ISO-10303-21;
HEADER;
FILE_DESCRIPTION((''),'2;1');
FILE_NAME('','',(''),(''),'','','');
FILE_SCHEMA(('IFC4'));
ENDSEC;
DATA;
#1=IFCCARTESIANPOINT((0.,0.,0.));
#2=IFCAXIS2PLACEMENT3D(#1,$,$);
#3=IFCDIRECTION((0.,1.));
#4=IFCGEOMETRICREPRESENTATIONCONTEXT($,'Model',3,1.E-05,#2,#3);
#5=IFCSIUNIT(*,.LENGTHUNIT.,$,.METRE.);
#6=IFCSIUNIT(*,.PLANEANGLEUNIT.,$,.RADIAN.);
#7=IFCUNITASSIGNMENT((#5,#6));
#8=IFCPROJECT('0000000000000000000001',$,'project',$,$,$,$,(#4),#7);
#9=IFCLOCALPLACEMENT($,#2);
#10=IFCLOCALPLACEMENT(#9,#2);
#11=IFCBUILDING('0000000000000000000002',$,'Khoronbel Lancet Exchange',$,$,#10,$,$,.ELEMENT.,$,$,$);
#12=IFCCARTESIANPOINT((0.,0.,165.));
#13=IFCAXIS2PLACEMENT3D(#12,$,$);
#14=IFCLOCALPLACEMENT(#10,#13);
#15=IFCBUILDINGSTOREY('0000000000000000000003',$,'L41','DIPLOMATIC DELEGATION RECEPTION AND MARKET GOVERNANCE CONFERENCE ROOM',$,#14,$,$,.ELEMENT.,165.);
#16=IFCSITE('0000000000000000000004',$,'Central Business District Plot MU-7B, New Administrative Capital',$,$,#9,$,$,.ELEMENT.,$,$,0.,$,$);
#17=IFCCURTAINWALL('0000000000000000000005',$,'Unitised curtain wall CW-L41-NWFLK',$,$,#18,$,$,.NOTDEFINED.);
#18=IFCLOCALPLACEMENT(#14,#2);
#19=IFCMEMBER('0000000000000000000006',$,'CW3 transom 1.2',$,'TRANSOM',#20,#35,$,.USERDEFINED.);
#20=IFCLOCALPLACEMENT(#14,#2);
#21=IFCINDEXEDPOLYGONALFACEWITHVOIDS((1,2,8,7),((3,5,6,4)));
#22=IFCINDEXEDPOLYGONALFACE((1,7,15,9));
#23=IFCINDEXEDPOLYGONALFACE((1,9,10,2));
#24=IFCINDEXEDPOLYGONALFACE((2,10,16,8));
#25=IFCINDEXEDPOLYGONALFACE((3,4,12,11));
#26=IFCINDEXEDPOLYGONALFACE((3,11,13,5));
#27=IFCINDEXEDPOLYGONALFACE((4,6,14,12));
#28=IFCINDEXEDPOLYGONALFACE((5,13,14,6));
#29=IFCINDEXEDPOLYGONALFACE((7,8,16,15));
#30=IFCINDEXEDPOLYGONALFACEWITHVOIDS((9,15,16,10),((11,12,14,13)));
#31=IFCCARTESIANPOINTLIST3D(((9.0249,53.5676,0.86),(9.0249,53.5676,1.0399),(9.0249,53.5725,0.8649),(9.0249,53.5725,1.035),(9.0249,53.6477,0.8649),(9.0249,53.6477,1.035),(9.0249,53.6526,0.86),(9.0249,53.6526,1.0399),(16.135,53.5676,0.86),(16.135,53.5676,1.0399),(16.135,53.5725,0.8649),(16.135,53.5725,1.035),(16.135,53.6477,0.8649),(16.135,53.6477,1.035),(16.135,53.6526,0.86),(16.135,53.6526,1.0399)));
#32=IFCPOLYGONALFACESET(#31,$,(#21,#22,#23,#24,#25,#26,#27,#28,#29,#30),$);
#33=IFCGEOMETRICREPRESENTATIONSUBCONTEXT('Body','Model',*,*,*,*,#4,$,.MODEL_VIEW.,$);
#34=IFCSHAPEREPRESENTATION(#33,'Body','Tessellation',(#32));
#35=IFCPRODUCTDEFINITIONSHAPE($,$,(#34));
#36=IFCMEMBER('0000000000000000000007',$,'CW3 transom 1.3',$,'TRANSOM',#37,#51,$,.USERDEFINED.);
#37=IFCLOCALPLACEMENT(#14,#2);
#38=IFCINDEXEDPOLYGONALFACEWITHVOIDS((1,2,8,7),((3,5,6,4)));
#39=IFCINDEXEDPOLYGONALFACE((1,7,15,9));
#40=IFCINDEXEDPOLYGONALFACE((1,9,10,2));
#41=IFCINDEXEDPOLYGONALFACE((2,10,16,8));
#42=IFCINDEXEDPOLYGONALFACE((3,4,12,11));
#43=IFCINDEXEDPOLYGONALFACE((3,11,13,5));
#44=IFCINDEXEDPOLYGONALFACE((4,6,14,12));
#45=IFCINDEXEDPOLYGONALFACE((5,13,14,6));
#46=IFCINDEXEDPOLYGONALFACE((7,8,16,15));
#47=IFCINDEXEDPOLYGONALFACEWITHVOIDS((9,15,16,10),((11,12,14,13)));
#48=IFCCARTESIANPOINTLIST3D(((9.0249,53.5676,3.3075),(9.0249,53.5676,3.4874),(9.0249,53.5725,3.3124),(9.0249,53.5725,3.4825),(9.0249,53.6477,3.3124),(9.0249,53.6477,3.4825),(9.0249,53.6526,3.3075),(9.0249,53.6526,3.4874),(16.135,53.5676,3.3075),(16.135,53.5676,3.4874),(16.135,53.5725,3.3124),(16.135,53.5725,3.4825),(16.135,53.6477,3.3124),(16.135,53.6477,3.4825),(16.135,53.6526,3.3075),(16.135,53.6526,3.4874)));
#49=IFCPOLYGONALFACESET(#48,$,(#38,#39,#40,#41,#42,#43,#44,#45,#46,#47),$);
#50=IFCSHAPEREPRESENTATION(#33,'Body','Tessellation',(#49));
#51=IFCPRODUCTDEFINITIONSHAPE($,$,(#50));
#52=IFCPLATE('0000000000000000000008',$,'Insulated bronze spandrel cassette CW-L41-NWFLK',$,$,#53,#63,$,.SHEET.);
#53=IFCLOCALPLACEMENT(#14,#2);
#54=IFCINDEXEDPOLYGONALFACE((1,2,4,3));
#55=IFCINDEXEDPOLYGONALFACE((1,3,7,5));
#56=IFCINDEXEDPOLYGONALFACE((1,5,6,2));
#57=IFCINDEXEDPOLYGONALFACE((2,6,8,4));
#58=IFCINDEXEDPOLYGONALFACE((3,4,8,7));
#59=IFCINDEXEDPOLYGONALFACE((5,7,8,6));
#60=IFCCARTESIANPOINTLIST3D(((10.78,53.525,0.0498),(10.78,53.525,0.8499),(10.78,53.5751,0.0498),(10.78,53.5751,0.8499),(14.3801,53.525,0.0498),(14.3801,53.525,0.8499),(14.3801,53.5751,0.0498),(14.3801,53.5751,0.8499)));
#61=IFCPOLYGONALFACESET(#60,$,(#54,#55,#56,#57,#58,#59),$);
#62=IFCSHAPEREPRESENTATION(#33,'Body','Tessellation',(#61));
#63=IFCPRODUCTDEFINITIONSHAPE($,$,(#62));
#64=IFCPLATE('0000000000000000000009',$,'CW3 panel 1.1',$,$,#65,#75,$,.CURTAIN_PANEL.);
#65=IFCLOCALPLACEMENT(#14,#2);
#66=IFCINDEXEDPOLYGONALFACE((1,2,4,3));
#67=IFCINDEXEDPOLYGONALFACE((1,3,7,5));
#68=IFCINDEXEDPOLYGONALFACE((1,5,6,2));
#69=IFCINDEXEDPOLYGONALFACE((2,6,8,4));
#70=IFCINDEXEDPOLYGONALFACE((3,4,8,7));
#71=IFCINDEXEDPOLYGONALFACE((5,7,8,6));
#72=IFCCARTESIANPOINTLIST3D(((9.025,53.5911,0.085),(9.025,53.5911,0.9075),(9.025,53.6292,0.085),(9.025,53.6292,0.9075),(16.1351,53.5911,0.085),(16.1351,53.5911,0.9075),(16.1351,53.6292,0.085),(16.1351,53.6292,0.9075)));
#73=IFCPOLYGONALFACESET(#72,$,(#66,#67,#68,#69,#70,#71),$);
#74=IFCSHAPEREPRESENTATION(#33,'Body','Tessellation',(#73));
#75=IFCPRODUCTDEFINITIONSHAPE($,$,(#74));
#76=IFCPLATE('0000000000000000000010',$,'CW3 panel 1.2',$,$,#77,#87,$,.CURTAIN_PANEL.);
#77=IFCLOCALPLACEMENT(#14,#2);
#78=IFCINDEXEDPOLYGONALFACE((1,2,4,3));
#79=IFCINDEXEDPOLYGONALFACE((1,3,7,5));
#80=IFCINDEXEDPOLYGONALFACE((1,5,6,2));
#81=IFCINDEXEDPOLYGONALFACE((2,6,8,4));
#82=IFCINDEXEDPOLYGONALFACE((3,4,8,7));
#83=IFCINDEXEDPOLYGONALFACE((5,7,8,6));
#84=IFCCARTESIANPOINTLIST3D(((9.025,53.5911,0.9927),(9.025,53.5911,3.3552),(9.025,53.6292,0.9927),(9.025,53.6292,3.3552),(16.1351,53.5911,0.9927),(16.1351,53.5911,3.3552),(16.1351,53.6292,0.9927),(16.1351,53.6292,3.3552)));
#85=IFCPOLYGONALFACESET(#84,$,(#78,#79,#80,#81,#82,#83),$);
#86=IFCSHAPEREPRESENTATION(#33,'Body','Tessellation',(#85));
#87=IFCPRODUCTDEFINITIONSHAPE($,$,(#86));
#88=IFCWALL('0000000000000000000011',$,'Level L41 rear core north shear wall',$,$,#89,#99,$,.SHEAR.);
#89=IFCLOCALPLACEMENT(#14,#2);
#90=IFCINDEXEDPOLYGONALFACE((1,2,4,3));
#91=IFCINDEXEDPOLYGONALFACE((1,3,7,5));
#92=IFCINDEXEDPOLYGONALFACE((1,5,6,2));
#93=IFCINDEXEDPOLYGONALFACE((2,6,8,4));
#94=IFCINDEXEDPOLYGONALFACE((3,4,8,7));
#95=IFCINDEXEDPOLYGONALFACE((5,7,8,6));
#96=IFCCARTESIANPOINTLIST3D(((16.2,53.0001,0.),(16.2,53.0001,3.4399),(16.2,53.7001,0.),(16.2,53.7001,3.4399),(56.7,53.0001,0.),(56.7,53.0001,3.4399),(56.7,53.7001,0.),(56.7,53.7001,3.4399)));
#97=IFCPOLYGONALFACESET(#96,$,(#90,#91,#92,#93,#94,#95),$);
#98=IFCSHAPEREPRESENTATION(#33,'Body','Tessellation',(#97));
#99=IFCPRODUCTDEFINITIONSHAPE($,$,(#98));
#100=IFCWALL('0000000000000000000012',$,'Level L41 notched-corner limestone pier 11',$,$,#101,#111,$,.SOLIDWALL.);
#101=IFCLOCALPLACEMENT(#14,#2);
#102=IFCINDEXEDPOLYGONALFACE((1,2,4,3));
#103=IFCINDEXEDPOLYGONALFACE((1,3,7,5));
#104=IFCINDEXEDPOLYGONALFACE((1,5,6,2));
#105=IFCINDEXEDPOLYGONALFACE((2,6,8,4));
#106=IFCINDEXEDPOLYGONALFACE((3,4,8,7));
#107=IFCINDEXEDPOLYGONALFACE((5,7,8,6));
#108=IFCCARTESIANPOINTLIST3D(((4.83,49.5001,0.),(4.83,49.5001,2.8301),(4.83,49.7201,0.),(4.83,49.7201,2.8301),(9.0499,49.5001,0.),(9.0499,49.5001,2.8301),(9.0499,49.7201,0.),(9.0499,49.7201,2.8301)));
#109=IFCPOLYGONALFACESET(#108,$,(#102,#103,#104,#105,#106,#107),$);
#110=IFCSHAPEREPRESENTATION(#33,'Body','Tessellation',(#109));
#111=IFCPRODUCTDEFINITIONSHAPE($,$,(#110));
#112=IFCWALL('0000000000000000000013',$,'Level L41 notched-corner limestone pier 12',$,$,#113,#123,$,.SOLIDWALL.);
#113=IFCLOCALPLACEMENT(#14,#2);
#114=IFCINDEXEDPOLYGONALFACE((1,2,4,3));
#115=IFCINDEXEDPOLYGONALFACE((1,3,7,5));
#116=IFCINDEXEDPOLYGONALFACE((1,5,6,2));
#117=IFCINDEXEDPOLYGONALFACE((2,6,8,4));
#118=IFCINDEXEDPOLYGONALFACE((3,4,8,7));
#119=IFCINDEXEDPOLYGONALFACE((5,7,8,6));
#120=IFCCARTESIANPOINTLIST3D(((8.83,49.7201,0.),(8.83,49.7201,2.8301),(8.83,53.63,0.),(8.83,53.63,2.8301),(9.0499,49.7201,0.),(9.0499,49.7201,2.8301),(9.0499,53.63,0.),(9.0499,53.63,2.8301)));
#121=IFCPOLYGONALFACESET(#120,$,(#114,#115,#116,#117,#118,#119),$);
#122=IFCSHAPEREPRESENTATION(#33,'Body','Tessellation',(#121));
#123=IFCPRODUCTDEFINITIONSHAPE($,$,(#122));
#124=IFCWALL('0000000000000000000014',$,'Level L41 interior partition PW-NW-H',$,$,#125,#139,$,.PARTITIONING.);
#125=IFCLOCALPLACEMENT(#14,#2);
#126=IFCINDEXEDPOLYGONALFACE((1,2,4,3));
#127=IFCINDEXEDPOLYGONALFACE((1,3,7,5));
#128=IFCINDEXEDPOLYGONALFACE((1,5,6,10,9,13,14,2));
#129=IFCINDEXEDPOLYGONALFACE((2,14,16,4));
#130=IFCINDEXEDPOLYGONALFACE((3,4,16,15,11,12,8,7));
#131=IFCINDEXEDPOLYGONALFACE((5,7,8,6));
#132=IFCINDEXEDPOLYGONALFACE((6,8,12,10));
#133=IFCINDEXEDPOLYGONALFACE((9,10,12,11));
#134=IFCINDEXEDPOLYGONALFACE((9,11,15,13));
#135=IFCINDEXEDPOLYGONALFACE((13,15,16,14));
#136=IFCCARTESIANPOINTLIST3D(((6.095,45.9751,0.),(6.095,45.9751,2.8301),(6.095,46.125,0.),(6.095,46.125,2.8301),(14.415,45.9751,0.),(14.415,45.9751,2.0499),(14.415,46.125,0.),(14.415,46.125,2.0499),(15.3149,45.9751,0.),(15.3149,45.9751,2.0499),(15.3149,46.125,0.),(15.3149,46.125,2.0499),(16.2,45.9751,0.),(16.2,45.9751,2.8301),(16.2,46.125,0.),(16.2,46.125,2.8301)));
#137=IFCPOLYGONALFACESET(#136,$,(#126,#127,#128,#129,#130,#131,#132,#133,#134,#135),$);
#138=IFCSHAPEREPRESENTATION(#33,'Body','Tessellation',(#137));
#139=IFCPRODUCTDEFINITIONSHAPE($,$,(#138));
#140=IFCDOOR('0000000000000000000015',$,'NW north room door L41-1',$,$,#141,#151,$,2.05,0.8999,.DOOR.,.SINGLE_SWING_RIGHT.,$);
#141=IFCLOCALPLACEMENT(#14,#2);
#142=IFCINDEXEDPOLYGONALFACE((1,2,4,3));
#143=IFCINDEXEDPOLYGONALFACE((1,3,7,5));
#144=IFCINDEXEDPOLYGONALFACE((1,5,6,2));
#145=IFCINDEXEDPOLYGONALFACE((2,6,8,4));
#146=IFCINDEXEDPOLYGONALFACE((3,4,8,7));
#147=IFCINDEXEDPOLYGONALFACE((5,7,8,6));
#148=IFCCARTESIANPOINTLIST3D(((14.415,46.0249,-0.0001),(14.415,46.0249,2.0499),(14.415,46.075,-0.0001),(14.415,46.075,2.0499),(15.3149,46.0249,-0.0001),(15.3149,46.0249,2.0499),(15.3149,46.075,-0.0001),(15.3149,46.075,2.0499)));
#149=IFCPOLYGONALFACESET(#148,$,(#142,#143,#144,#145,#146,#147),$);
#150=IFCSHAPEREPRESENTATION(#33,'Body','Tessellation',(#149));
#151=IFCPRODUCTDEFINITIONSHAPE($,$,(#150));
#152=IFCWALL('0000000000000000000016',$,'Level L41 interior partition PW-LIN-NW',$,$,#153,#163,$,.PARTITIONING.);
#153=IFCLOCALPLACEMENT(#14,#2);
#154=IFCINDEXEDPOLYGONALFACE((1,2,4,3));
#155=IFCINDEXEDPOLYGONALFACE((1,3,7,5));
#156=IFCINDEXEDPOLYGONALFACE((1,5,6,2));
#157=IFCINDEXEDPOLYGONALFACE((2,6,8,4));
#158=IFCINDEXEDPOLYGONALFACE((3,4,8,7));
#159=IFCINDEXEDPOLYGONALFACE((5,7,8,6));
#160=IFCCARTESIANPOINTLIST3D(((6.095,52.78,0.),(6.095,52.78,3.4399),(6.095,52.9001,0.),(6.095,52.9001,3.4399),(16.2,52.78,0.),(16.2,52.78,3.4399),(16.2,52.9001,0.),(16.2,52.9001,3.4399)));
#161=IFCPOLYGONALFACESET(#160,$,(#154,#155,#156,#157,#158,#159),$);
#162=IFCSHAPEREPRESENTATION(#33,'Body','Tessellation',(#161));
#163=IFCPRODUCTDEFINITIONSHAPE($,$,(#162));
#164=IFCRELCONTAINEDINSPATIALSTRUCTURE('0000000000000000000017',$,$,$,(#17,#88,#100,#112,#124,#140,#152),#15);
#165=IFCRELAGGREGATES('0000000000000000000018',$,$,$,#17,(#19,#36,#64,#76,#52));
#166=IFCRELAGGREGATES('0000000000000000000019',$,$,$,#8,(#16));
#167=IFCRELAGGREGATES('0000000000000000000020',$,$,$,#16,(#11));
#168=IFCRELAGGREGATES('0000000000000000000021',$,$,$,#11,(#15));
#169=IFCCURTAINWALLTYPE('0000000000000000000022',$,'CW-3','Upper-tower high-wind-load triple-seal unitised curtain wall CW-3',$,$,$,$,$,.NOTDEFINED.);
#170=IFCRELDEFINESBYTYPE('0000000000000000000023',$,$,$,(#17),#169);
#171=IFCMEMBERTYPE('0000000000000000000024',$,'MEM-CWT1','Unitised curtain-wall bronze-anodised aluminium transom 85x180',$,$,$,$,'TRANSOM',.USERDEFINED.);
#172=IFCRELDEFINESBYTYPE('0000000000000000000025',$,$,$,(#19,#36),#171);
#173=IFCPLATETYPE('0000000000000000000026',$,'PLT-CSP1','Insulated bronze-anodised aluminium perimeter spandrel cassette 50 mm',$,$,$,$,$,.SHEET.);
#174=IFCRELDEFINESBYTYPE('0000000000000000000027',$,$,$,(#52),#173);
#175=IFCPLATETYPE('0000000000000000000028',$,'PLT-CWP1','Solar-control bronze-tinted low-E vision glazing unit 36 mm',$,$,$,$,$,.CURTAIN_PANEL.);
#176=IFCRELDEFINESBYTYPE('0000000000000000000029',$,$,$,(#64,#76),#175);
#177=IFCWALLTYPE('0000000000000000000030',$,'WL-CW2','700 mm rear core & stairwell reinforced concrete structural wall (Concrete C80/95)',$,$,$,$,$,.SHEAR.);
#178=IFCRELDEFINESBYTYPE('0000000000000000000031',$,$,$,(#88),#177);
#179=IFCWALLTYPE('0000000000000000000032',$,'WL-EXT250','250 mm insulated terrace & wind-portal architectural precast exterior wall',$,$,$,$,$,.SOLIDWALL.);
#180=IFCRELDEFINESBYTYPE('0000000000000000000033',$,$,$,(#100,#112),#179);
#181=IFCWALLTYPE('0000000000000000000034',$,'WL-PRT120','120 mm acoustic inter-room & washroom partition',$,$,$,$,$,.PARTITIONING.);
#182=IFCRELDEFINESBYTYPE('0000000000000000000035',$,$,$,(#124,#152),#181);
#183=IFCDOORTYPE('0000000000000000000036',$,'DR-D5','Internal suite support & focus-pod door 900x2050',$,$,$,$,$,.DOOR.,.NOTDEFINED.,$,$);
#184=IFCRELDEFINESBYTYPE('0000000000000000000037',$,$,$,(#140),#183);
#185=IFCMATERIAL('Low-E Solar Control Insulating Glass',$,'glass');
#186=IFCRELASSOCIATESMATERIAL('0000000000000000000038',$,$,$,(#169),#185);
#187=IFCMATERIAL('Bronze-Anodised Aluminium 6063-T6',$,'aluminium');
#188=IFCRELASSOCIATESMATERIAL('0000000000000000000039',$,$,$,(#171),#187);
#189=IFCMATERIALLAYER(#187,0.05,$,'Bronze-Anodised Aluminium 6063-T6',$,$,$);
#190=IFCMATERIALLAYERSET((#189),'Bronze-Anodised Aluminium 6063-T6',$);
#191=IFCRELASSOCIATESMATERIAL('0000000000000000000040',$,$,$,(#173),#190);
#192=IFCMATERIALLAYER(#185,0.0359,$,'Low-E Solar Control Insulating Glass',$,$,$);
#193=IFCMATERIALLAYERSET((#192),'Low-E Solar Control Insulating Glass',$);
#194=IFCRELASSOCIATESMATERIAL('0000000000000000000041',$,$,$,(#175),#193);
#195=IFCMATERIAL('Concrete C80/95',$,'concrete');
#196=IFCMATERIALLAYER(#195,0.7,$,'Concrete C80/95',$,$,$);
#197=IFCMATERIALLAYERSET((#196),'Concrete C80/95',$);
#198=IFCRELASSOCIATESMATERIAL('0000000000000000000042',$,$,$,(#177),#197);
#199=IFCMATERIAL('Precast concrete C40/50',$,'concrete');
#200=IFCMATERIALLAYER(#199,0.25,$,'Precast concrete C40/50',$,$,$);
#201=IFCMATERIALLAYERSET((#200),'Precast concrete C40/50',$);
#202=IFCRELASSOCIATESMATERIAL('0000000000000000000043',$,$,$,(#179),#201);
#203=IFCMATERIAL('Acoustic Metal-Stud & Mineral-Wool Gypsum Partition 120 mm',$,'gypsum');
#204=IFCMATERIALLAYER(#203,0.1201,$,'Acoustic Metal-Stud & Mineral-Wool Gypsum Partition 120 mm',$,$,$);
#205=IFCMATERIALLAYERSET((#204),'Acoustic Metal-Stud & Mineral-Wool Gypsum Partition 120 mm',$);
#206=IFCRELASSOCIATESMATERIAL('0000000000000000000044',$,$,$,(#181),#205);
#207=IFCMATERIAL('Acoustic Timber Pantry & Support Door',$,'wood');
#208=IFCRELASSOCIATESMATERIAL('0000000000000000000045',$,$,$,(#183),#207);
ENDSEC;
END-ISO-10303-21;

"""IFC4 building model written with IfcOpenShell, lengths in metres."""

from ifc_helpers import new_model, si_unit, direction, frame, frame_2d, origin, origin_2d, place, context, subcontext, project, spatial, rectangle, hollow_rectangle, extrude, material, layer, layer_set, material_profile, profile_set, type_object, element, fill, aggregate, save


model = new_model("IFC4")

# Units and contexts
model_context = context("Model", 3, precision=1e-05, world=origin(), true_north=direction((0.0, 1.0)))
body_context = subcontext(model_context, "Body", "Model", "MODEL_VIEW")
ifc_project = project(units=[si_unit("LENGTHUNIT", "METRE"), si_unit("PLANEANGLEUNIT", "RADIAN")], contexts=[model_context])

# Site, building, storey
site_placement = place(None, origin())
site = spatial("IfcSite", under=ifc_project, at=site_placement, Name="Central Business District Plot MU-7B, New Administrative Capital", CompositionType="ELEMENT", RefElevation=0.0)
building_placement = place(site_placement, origin())
building = spatial("IfcBuilding", under=site, at=building_placement, Name="Khoronbel Lancet Exchange", CompositionType="ELEMENT")
storey_placement = place(building_placement, frame((0.0, 0.0, 165.0)))
storey = spatial("IfcBuildingStorey", under=building, at=storey_placement, Name="L41", Description="DIPLOMATIC DELEGATION RECEPTION AND MARKET GOVERNANCE CONFERENCE ROOM", CompositionType="ELEMENT", Elevation=165.0)

# Curtain wall, members, plates
ifc_material_1 = material(Name="Low-E Solar Control Insulating Glass", Category="glass")
curtain_wall_type = type_object("IfcCurtainWallType", Name="CW-3", Description="Upper-tower high-wind-load triple-seal unitised curtain wall CW-3", PredefinedType="NOTDEFINED", material=ifc_material_1)
curtain_wall_placement = place(storey_placement, origin())
curtain_wall = element("IfcCurtainWall", 1, at=curtain_wall_placement, inside=storey, type_object=curtain_wall_type, Name="Unitised curtain wall CW-L41-NWFLK", PredefinedType="NOTDEFINED")
ifc_material_2 = material(Name="Bronze-Anodised Aluminium 6063-T6", Category="aluminium")
ifc_material_profile_1 = material_profile(ifc_material_2, hollow_rectangle(XDim=0.085, YDim=0.1799, WallThickness=0.0049, at=origin_2d()), Name="ALU TRANSOM 85x180")
ifc_profile_set_1 = profile_set([ifc_material_profile_1], Name="Bronze-Anodised Aluminium 6063-T6")
member_type_1 = type_object("IfcMemberType", Name="MEM-CWT1", Description="Unitised curtain-wall bronze-anodised aluminium transom 85x180", ElementType="TRANSOM", PredefinedType="USERDEFINED", material=ifc_profile_set_1)
member_1_placement = place(storey_placement, frame((16.135, 53.6101, 0.95), z_axis=(-1.0, 0.0, 0.0), x_axis=(0.0, -1.0, 0.0)))
member_1 = element("IfcMember", 2, at=member_1_placement, type_object=member_type_1, Name="CW3 transom 1.2", ObjectType="TRANSOM", PredefinedType="USERDEFINED", context=body_context, shape_type="SweptSolid", body=[
    extrude(hollow_rectangle(XDim=0.085, YDim=0.1799, WallThickness=0.0049, at=origin_2d()), origin(), (0.0, 0.0, 1.0), 7.1101),
])
member_2_placement = place(storey_placement, frame((16.135, 53.6101, 3.3975), z_axis=(-1.0, 0.0, 0.0), x_axis=(0.0, -1.0, 0.0)))
member_2 = element("IfcMember", 3, at=member_2_placement, type_object=member_type_1, Name="CW3 transom 1.3", ObjectType="TRANSOM", PredefinedType="USERDEFINED", context=body_context, shape_type="SweptSolid", body=[
    extrude(hollow_rectangle(XDim=0.085, YDim=0.1799, WallThickness=0.0049, at=origin_2d()), origin(), (0.0, 0.0, 1.0), 7.1101),
])
ifc_layer_1 = layer(ifc_material_2, 0.05, Name="Bronze-Anodised Aluminium 6063-T6")
ifc_layer_set_1 = layer_set([ifc_layer_1], Name="Bronze-Anodised Aluminium 6063-T6")
plate_type_1 = type_object("IfcPlateType", Name="PLT-CSP1", Description="Insulated bronze-anodised aluminium perimeter spandrel cassette 50 mm", PredefinedType="SHEET", material=ifc_layer_set_1)
plate_1_placement = place(storey_placement, frame((12.5801, 53.55, 0.0498), z_axis=(0.0, 0.0, 1.0), x_axis=(-1.0, 0.0, 0.0)))
plate_1 = element("IfcPlate", 4, at=plate_1_placement, type_object=plate_type_1, Name="Insulated bronze spandrel cassette CW-L41-NWFLK", PredefinedType="SHEET", context=body_context, shape_type="SweptSolid", body=[
    extrude(rectangle(XDim=3.6001, YDim=0.05, at=origin_2d()), origin(), (0.0, 0.0, 1.0), 0.8),
])
ifc_layer_2 = layer(ifc_material_1, 0.0359, Name="Low-E Solar Control Insulating Glass")
ifc_layer_set_2 = layer_set([ifc_layer_2], Name="Low-E Solar Control Insulating Glass")
plate_type_2 = type_object("IfcPlateType", Name="PLT-CWP1", Description="Solar-control bronze-tinted low-E vision glazing unit 36 mm", PredefinedType="CURTAIN_PANEL", material=ifc_layer_set_2)
plate_2_placement = place(storey_placement, frame((12.5801, 53.6101, 0.085), z_axis=(0.0, 0.0, 1.0), x_axis=(-1.0, 0.0, 0.0)))
plate_2 = element("IfcPlate", 5, at=plate_2_placement, type_object=plate_type_2, Name="CW3 panel 1.1", PredefinedType="CURTAIN_PANEL", context=body_context, shape_type="SweptSolid", body=[
    extrude(rectangle(XDim=7.1101, YDim=0.0381, at=origin_2d()), origin(), (0.0, 0.0, 1.0), 0.8225),
])
plate_3_placement = place(storey_placement, frame((12.5801, 53.6101, 0.9927), z_axis=(0.0, 0.0, 1.0), x_axis=(-1.0, 0.0, 0.0)))
plate_3 = element("IfcPlate", 6, at=plate_3_placement, type_object=plate_type_2, Name="CW3 panel 1.2", PredefinedType="CURTAIN_PANEL", context=body_context, shape_type="SweptSolid", body=[
    extrude(rectangle(XDim=7.1101, YDim=0.0381, at=origin_2d()), origin(), (0.0, 0.0, 1.0), 2.3625),
])
aggregate(curtain_wall, [member_1, member_2, plate_2, plate_3, plate_1])

# Walls
ifc_material_3 = material(Name="Concrete C80/95", Category="concrete")
ifc_layer_3 = layer(ifc_material_3, 0.7, Name="Concrete C80/95")
ifc_layer_set_3 = layer_set([ifc_layer_3], Name="Concrete C80/95")
wall_type_1 = type_object("IfcWallType", Name="WL-CW2", Description="700 mm rear core & stairwell reinforced concrete structural wall (Concrete C80/95)", PredefinedType="SHEAR", material=ifc_layer_set_3)
wall_1_placement = place(storey_placement, frame((16.2, 53.3501, 0.0), z_axis=(0.0, 0.0, 1.0), x_axis=(1.0, 0.0, 0.0)))
element("IfcWall", 7, at=wall_1_placement, inside=storey, type_object=wall_type_1, Name="Level L41 rear core north shear wall", PredefinedType="SHEAR", context=body_context, shape_type="SweptSolid", body=[
    extrude(rectangle(XDim=40.5, YDim=0.7, at=frame_2d((20.25, 0.0))), origin(), (0.0, 0.0, 1.0), 3.4399),
])
ifc_material_4 = material(Name="Precast concrete C40/50", Category="concrete")
ifc_layer_4 = layer(ifc_material_4, 0.25, Name="Precast concrete C40/50")
ifc_layer_set_4 = layer_set([ifc_layer_4], Name="Precast concrete C40/50")
wall_type_2 = type_object("IfcWallType", Name="WL-EXT250", Description="250 mm insulated terrace & wind-portal architectural precast exterior wall", PredefinedType="SOLIDWALL", material=ifc_layer_set_4)
wall_2_placement = place(storey_placement, frame((4.8301, 49.6101, 0.0), z_axis=(0.0, 0.0, 1.0), x_axis=(1.0, 0.0, 0.0)))
element("IfcWall", 8, at=wall_2_placement, inside=storey, type_object=wall_type_2, Name="Level L41 notched-corner limestone pier 11", PredefinedType="SOLIDWALL", context=body_context, shape_type="SweptSolid", body=[
    extrude(rectangle(XDim=4.22, YDim=0.22, at=frame_2d((2.1099, 0.0))), origin(), (0.0, 0.0, 1.0), 2.8301),
])
wall_3_placement = place(storey_placement, frame((8.9399, 49.72, 0.0), z_axis=(0.0, 0.0, 1.0), x_axis=(0.0, 1.0, 0.0)))
element("IfcWall", 9, at=wall_3_placement, inside=storey, type_object=wall_type_2, Name="Level L41 notched-corner limestone pier 12", PredefinedType="SOLIDWALL", context=body_context, shape_type="SweptSolid", body=[
    extrude(rectangle(XDim=3.9099, YDim=0.22, at=frame_2d((1.9551, 0.0))), origin(), (0.0, 0.0, 1.0), 2.8301),
])

# Wall, opening, door
ifc_material_5 = material(Name="Acoustic Metal-Stud & Mineral-Wool Gypsum Partition 120 mm", Category="gypsum")
ifc_layer_5 = layer(ifc_material_5, 0.1201, Name="Acoustic Metal-Stud & Mineral-Wool Gypsum Partition 120 mm")
ifc_layer_set_5 = layer_set([ifc_layer_5], Name="Acoustic Metal-Stud & Mineral-Wool Gypsum Partition 120 mm")
wall_type_3 = type_object("IfcWallType", Name="WL-PRT120", Description="120 mm acoustic inter-room & washroom partition", PredefinedType="PARTITIONING", material=ifc_layer_set_5)
wall_4_placement = place(storey_placement, frame((6.095, 46.05, 0.0), z_axis=(0.0, 0.0, 1.0), x_axis=(1.0, 0.0, 0.0)))
wall_4 = element("IfcWall", 10, at=wall_4_placement, inside=storey, type_object=wall_type_3, Name="Level L41 interior partition PW-NW-H", PredefinedType="PARTITIONING", context=body_context, shape_type="SweptSolid", body=[
    extrude(rectangle(XDim=10.105, YDim=0.1499, at=frame_2d((5.0525, 0.0))), origin(), (0.0, 0.0, 1.0), 2.8301),
])
opening_1_placement = place(wall_4_placement, frame((8.3201, 0.0, 0.0)))
opening_1 = element("IfcOpeningElement", 11, at=opening_1_placement, cuts=wall_4, PredefinedType="OPENING", context=body_context, shape_type="SweptSolid", body=[
    extrude(rectangle(XDim=0.8999, YDim=2.05, at=frame_2d((0.45, 1.0249))), frame((0.0, 0.085, 0.0), z_axis=(0.0, -1.0, 0.0), x_axis=(1.0, 0.0, 0.0)), (0.0, 0.0, 1.0), 0.1699),
])
ifc_material_6 = material(Name="Acoustic Timber Pantry & Support Door", Category="wood")
door_type_1 = type_object("IfcDoorType", Name="DR-D5", Description="Internal suite support & focus-pod door 900x2050", OperationType="NOTDEFINED", PredefinedType="DOOR", material=ifc_material_6)
door_1_placement = place(opening_1_placement, origin())
door_1 = element("IfcDoor", 12, at=door_1_placement, inside=storey, type_object=door_type_1, Name="NW north room door L41-1", OperationType="SINGLE_SWING_RIGHT", OverallHeight=2.05, OverallWidth=0.8999, PredefinedType="DOOR", context=body_context, shape_type="SweptSolid", body=[
    extrude(rectangle(XDim=0.8999, YDim=2.05, at=frame_2d((0.45, 1.0249))), frame((0.0, 0.0249, 0.0), z_axis=(0.0, -1.0, 0.0), x_axis=(1.0, 0.0, 0.0)), (0.0, 0.0, 1.0), 0.05),
])
fill(opening_1, door_1)

# Wall
wall_5_placement = place(storey_placement, frame((6.095, 52.8401, 0.0), z_axis=(0.0, 0.0, 1.0), x_axis=(1.0, 0.0, 0.0)))
element("IfcWall", 13, at=wall_5_placement, inside=storey, type_object=wall_type_3, Name="Level L41 interior partition PW-LIN-NW", PredefinedType="PARTITIONING", context=body_context, shape_type="SweptSolid", body=[
    extrude(rectangle(XDim=10.105, YDim=0.1201, at=frame_2d((5.0525, 0.0))), origin(), (0.0, 0.0, 1.0), 3.4399),
])

save(model, "model.ifc")
